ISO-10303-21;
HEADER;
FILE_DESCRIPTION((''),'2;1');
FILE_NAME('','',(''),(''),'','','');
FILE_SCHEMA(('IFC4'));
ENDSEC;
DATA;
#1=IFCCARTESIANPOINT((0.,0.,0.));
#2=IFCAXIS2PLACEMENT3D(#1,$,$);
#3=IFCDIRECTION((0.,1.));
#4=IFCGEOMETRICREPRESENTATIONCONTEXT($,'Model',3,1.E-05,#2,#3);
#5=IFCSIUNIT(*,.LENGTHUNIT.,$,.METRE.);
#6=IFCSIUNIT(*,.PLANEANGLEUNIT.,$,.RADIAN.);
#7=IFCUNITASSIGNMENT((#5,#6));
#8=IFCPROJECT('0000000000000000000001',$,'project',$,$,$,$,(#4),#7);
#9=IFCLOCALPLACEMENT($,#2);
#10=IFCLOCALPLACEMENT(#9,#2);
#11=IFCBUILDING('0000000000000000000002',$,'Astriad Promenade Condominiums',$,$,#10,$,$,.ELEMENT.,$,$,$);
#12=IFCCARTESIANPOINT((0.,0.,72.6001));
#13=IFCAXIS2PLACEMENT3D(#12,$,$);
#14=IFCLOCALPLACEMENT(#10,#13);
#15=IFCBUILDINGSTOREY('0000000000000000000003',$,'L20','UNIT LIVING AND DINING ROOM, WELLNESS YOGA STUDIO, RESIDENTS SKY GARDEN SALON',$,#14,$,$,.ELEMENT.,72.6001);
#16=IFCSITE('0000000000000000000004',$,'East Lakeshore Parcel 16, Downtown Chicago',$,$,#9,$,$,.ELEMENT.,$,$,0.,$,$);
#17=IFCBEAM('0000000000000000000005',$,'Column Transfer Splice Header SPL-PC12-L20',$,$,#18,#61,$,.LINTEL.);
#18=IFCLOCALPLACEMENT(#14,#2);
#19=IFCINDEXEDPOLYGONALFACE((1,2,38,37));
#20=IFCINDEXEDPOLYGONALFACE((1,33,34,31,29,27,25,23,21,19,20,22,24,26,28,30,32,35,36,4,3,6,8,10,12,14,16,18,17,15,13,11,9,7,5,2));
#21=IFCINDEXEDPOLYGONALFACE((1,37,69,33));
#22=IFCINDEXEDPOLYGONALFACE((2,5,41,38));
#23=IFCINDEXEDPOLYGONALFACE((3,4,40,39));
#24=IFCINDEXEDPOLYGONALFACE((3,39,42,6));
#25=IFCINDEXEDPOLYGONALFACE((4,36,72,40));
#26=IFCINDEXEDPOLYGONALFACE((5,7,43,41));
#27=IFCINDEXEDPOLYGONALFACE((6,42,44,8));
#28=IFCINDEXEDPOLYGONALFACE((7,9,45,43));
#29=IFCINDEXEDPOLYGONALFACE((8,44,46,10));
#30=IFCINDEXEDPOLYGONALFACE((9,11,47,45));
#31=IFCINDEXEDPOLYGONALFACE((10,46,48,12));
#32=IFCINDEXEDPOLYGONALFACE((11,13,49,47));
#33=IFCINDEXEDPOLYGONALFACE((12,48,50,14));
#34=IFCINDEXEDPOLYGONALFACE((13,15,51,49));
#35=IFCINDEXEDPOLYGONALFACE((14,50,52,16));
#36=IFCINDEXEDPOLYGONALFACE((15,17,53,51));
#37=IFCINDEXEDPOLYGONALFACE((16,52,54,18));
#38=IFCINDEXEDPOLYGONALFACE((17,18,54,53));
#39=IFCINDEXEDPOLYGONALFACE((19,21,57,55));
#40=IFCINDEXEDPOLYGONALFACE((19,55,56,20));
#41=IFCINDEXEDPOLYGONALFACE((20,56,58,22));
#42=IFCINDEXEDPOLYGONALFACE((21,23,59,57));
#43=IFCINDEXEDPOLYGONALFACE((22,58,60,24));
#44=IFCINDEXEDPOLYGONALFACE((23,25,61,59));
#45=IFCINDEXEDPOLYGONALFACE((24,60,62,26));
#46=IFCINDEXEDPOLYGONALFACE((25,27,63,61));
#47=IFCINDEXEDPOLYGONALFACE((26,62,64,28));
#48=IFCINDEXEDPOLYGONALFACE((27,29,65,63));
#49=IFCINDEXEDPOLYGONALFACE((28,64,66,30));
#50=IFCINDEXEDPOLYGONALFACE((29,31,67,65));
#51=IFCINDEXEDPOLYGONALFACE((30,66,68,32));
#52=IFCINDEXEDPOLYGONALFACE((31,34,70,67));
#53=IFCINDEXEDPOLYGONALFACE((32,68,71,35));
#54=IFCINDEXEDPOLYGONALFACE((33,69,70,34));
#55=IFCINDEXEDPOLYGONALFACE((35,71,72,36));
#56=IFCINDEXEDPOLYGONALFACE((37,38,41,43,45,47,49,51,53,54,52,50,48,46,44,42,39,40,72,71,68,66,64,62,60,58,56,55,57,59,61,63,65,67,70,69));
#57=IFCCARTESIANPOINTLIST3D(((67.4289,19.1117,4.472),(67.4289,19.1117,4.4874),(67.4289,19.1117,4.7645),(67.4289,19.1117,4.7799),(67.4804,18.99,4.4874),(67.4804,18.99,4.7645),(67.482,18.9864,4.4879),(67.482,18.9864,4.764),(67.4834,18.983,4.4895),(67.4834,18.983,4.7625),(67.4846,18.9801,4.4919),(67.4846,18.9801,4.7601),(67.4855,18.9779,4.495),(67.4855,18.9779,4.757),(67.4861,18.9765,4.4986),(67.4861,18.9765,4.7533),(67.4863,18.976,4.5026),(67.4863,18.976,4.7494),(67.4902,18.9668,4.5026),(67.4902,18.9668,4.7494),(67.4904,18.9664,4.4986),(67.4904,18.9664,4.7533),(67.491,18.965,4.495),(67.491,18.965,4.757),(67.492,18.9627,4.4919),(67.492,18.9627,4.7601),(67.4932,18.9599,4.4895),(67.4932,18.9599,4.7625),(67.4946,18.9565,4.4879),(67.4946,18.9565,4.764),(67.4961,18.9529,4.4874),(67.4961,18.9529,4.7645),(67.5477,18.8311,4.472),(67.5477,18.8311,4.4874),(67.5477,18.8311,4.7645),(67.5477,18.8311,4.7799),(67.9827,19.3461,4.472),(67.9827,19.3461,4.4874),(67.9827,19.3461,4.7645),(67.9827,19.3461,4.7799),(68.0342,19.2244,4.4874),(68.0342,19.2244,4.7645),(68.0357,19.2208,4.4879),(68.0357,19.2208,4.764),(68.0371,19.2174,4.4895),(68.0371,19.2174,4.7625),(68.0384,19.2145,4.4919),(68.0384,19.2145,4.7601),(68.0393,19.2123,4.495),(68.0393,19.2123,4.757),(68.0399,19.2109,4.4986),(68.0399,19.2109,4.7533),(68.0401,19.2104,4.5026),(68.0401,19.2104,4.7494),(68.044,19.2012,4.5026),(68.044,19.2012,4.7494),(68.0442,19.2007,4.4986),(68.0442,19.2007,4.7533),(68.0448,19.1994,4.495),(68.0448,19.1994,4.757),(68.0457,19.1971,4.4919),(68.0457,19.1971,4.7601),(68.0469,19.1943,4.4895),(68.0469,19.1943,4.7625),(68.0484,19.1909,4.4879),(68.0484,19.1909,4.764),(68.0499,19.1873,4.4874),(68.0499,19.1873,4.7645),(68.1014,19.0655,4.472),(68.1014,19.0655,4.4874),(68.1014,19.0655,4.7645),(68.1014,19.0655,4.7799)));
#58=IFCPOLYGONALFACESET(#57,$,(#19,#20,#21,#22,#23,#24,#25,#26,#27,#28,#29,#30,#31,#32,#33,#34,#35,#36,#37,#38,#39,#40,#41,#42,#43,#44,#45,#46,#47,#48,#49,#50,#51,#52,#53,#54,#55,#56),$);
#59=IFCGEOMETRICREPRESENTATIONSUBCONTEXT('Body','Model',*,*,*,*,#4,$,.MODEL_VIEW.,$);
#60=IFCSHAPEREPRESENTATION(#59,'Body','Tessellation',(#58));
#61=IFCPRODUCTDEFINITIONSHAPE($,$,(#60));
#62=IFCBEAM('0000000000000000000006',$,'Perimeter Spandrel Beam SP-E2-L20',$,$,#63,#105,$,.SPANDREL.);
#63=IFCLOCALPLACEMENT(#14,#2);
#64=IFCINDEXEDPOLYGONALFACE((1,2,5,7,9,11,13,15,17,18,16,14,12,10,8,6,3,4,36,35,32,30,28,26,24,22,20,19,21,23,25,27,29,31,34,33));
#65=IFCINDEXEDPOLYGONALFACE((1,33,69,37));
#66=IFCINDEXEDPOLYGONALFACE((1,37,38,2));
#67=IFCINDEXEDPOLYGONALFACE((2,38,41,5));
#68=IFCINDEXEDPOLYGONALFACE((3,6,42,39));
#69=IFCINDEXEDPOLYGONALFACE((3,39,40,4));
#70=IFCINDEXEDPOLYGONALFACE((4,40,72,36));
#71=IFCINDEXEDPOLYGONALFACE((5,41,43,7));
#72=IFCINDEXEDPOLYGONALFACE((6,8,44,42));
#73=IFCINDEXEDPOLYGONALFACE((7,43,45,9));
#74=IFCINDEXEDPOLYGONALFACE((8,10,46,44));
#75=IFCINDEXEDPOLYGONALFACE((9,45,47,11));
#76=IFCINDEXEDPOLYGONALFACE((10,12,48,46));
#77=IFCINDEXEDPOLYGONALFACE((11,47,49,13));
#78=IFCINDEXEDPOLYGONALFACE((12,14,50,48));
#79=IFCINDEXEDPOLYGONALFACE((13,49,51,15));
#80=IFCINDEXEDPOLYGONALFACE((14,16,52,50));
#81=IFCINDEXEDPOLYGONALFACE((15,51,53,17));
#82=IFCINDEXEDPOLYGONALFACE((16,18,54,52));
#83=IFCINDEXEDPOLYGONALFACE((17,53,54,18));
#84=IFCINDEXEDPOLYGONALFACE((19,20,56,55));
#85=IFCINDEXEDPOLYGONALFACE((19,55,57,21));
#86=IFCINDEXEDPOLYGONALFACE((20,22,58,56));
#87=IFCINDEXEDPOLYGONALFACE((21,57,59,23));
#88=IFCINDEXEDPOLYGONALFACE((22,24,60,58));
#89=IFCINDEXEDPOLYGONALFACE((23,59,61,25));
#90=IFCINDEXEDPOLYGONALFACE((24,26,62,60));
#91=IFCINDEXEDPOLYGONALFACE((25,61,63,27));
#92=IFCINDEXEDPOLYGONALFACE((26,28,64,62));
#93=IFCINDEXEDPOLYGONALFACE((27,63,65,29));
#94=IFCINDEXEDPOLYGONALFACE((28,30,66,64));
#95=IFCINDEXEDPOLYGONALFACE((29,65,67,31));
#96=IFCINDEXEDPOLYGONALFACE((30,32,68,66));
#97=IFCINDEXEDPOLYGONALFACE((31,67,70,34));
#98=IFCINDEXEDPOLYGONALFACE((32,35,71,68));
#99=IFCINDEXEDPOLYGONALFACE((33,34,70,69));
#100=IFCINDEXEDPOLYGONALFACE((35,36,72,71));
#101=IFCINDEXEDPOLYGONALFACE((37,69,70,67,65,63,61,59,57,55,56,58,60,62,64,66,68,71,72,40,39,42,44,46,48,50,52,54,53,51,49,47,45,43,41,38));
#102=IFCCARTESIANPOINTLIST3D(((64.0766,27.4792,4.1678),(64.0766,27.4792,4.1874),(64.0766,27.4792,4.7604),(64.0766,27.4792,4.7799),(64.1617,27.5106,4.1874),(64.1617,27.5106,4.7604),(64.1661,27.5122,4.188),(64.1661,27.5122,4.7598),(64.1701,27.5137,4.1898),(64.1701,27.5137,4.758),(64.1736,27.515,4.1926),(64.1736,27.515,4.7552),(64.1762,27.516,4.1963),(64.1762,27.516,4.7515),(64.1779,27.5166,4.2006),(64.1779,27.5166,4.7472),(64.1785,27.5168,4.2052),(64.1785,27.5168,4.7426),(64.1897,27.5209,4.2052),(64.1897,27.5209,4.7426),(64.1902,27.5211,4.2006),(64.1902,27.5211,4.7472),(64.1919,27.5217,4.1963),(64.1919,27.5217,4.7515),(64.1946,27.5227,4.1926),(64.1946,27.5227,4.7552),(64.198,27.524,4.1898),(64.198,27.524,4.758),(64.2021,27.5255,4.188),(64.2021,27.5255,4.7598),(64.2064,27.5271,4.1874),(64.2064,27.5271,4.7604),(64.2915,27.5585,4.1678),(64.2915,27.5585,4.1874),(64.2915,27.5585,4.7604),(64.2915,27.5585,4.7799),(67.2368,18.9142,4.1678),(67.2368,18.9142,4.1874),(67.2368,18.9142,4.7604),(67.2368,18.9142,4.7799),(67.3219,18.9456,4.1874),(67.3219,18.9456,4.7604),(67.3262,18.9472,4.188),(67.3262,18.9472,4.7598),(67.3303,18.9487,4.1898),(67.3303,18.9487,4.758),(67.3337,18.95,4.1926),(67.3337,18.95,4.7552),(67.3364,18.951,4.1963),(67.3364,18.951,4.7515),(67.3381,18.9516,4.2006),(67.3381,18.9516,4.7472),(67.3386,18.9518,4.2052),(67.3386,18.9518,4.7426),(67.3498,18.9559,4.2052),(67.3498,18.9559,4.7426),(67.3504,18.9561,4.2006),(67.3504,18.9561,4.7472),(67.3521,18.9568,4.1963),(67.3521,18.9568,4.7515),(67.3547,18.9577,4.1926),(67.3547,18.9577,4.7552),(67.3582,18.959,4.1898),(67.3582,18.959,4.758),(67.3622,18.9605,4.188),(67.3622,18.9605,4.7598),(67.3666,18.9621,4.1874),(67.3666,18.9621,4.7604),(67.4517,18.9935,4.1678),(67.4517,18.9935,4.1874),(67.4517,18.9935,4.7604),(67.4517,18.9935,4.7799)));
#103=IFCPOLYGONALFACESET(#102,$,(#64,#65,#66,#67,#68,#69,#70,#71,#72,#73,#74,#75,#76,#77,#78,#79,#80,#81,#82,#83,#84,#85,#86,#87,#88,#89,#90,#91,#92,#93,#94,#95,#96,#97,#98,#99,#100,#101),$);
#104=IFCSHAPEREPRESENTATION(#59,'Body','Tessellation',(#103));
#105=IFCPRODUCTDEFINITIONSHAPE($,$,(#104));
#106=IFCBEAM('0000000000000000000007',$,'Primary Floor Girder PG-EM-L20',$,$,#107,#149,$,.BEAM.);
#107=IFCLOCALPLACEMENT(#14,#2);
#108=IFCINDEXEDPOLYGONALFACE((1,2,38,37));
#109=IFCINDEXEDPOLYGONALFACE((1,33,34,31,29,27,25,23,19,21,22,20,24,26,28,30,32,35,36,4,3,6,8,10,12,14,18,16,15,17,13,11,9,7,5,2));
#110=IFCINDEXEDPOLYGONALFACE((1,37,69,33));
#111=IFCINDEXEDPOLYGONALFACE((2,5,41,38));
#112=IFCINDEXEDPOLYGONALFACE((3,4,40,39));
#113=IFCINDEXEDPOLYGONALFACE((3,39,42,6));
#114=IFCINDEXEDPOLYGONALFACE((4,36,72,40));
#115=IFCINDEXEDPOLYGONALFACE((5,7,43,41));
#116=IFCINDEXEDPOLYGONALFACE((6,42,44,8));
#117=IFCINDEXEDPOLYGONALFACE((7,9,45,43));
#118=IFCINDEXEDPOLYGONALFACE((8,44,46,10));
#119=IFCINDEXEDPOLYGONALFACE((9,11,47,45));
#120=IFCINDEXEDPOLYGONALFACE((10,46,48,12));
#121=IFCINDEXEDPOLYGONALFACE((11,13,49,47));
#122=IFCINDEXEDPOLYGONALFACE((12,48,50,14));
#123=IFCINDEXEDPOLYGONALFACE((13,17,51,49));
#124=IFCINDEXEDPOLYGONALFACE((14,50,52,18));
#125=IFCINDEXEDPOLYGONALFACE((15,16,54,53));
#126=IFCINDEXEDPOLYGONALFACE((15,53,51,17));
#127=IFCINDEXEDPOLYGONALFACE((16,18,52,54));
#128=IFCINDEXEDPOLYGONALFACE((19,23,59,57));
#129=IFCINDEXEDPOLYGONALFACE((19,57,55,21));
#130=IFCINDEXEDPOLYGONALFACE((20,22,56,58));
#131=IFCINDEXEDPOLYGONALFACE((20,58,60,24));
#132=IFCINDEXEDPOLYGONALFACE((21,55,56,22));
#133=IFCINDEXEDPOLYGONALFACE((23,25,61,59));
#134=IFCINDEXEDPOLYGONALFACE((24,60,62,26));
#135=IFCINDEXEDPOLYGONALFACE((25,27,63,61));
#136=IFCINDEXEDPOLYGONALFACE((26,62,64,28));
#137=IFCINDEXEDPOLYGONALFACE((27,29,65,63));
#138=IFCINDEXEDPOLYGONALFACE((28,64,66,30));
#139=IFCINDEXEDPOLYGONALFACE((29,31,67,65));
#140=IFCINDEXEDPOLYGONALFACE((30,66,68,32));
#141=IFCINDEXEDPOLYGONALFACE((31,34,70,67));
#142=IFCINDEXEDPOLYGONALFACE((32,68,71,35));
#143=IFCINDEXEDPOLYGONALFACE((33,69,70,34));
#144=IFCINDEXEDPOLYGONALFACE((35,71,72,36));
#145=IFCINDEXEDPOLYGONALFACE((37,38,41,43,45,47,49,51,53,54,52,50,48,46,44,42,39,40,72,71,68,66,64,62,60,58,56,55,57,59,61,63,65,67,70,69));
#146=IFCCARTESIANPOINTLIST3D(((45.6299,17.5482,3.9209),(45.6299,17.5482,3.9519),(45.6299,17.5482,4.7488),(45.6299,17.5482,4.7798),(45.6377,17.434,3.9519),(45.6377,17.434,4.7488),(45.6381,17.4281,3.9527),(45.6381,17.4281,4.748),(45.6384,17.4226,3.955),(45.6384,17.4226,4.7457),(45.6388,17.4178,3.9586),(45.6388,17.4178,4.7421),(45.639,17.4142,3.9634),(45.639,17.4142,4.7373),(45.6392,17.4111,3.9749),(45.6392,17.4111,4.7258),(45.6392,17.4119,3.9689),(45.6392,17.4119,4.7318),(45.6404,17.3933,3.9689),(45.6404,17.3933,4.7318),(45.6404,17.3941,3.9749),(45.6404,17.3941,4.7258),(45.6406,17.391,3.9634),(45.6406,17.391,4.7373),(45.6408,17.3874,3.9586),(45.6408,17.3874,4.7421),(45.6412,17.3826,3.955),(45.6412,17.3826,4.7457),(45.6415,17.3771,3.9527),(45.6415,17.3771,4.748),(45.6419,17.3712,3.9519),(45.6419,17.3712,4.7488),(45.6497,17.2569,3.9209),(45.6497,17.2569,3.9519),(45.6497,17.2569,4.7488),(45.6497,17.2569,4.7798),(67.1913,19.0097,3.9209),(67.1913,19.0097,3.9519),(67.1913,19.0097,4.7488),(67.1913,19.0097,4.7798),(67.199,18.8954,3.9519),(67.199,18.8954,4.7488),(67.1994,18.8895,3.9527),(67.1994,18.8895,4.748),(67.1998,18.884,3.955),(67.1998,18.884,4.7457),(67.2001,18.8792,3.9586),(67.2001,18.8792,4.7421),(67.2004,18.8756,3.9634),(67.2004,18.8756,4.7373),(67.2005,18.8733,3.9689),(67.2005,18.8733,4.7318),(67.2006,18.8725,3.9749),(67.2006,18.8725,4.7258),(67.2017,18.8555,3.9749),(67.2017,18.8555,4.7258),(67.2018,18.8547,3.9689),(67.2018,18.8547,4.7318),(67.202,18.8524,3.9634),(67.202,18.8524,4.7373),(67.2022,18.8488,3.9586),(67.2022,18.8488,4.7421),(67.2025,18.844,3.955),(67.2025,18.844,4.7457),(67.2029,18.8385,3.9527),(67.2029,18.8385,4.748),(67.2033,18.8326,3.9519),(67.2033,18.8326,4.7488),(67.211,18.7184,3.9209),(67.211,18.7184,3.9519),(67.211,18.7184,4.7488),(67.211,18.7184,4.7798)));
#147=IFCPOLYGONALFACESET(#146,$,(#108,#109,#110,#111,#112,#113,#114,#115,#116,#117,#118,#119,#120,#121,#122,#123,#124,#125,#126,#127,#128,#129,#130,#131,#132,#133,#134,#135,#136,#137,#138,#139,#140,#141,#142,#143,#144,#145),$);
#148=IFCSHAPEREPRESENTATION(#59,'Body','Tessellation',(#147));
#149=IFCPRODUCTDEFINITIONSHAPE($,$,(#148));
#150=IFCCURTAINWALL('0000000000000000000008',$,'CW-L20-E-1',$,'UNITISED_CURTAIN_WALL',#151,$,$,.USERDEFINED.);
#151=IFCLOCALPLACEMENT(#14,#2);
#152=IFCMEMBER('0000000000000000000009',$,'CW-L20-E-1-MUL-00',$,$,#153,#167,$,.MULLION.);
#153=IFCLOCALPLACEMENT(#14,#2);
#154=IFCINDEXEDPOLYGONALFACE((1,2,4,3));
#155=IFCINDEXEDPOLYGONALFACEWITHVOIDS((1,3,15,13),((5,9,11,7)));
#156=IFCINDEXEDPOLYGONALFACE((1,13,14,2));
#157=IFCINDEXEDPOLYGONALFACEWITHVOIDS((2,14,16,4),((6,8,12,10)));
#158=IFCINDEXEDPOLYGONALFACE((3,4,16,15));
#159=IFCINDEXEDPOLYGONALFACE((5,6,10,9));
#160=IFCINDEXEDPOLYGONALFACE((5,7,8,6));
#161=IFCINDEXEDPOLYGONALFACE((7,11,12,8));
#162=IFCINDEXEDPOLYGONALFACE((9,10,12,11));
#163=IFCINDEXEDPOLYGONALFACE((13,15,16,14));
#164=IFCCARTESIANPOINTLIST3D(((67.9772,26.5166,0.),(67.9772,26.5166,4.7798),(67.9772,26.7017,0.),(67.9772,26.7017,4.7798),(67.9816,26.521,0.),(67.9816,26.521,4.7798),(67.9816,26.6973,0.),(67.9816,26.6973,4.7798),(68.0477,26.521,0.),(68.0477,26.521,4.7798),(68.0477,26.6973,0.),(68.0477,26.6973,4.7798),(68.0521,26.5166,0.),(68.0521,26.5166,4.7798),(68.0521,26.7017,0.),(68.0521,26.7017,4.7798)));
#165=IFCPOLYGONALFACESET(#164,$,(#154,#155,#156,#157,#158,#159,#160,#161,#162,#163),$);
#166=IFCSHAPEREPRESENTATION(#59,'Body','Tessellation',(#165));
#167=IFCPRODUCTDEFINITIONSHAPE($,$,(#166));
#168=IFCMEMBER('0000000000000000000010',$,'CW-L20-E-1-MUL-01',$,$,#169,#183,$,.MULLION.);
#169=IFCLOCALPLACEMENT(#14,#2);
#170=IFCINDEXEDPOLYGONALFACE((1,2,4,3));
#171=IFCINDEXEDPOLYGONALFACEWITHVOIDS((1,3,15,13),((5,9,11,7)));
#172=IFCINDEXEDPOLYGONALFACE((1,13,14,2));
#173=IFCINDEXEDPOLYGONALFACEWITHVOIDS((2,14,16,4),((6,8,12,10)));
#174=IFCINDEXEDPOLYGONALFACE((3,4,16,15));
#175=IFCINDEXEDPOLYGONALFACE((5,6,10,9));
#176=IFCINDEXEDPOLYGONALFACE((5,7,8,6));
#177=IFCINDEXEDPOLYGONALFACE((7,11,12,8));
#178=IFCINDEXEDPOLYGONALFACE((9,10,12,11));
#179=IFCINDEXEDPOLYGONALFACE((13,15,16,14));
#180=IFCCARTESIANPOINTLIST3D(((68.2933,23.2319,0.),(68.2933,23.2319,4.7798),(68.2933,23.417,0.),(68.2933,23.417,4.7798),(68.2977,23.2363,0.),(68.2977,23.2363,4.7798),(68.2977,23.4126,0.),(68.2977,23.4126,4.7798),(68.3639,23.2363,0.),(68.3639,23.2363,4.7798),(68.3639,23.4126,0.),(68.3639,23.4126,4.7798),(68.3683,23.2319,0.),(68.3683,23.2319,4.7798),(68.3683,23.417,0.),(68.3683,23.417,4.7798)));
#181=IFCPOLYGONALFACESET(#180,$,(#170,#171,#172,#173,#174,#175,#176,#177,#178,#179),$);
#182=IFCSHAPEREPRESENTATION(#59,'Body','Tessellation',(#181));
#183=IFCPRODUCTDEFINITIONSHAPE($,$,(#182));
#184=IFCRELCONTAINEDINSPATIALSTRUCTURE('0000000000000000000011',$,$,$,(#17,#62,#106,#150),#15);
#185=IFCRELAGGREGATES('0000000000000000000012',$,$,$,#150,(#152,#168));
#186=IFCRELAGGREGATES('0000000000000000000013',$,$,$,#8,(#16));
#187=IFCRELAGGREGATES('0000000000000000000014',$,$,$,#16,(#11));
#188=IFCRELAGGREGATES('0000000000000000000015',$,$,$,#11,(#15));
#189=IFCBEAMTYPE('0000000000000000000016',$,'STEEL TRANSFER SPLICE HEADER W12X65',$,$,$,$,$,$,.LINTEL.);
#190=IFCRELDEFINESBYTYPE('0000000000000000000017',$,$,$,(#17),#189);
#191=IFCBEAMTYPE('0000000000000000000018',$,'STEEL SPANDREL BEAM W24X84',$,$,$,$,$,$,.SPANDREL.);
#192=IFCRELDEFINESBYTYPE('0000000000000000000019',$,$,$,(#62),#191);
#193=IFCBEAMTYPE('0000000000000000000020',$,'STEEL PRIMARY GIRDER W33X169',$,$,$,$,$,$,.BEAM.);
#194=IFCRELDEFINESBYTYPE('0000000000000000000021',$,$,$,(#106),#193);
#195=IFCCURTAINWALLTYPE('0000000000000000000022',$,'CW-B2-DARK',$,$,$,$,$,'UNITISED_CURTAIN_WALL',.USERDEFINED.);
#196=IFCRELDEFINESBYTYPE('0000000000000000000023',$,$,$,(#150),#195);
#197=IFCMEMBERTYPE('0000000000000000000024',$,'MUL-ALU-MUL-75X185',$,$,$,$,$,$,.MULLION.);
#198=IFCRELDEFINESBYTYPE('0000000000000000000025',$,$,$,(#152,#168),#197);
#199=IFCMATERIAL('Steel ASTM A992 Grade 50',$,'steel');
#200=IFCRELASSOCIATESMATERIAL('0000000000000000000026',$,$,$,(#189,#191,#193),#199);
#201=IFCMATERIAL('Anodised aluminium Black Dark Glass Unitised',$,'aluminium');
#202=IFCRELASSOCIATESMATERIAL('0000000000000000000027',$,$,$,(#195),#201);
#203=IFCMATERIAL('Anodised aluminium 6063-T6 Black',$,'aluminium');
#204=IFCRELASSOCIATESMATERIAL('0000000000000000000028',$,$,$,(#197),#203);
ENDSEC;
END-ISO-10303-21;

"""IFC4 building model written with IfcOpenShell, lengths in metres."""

from ifc_helpers import new_model, si_unit, direction, frame, origin, origin_2d, place, context, subcontext, project, spatial, hollow_rectangle, i_section, extrude, source, transform, mapped, material, material_profile, profile_set, type_object, type_shapes, element, aggregate, save


model = new_model("IFC4")

# Units and contexts
model_context = context("Model", 3, precision=1e-05, world=origin(), true_north=direction((0.0, 1.0)))
body_context = subcontext(model_context, "Body", "Model", "MODEL_VIEW")
ifc_project = project(units=[si_unit("LENGTHUNIT", "METRE"), si_unit("PLANEANGLEUNIT", "RADIAN")], contexts=[model_context])

# Site, building, storey
site_placement = place(None, origin())
site = spatial("IfcSite", under=ifc_project, at=site_placement, Name="East Lakeshore Parcel 16, Downtown Chicago", CompositionType="ELEMENT", RefElevation=0.0)
building_placement = place(site_placement, origin())
building = spatial("IfcBuilding", under=site, at=building_placement, Name="Astriad Promenade Condominiums", CompositionType="ELEMENT")
storey_placement = place(building_placement, frame((0.0, 0.0, 72.6001)))
storey = spatial("IfcBuildingStorey", under=building, at=storey_placement, Name="L20", Description="UNIT LIVING AND DINING ROOM, WELLNESS YOGA STUDIO, RESIDENTS SKY GARDEN SALON", CompositionType="ELEMENT", Elevation=72.6001)

# Beams
ifc_material_1 = material(Name="Steel ASTM A992 Grade 50", Category="steel")
ifc_material_profile_1 = material_profile(ifc_material_1, i_section(OverallWidth=0.3047, OverallDepth=0.3079, WebThickness=0.01, FlangeThickness=0.0154, FilletRadius=0.0151, at=origin_2d()), Name="W12X65")
ifc_profile_set_1 = profile_set([ifc_material_profile_1], Name="Steel ASTM A992 Grade 50")
beam_type_1 = type_object("IfcBeamType", Name="STEEL TRANSFER SPLICE HEADER W12X65", PredefinedType="LINTEL", material=ifc_profile_set_1)
shared_shape_1 = source(origin(), body_context, "Body", "SweptSolid", [
    extrude(i_section(OverallWidth=0.3047, OverallDepth=0.3079, WebThickness=0.01, FlangeThickness=0.0154, FilletRadius=0.0151, at=origin_2d()), origin(), (0.0, 0.0, 1.0), 0.6013),
])
type_shapes(beam_type_1, [shared_shape_1])
beam_1_placement = place(storey_placement, frame((67.4883, 18.9714, 4.626), z_axis=(0.9209, 0.389799, 0.0), x_axis=(-0.389799, 0.9209, 0.0)))
element("IfcBeam", 1, at=beam_1_placement, inside=storey, type_object=beam_type_1, Name="Column Transfer Splice Header SPL-PC12-L20", PredefinedType="LINTEL", context=body_context, shape_type="MappedRepresentation", body=[
    mapped(shared_shape_1, transform((0.0, 0.0, 0.0), scale=1.0)),
])
ifc_material_profile_2 = material_profile(ifc_material_1, i_section(OverallWidth=0.229, OverallDepth=0.6121, WebThickness=0.012, FlangeThickness=0.0195, FilletRadius=0.0178, at=origin_2d()), Name="W24X84")
ifc_profile_set_2 = profile_set([ifc_material_profile_2], Name="Steel ASTM A992 Grade 50")
beam_type_2 = type_object("IfcBeamType", Name="STEEL SPANDREL BEAM W24X84", PredefinedType="SPANDREL", material=ifc_profile_set_2)
shared_shape_2 = source(origin(), body_context, "Body", "SweptSolid", [
    extrude(i_section(OverallWidth=0.229, OverallDepth=0.6121, WebThickness=0.012, FlangeThickness=0.0195, FilletRadius=0.0178, at=origin_2d()), origin(), (0.0, 0.0, 1.0), 9.1294),
])
type_shapes(beam_type_2, [shared_shape_2])
beam_2_placement = place(storey_placement, frame((67.3442, 18.9539, 4.4739), z_axis=(-0.346154, 0.938178, 0.0), x_axis=(-0.938178, -0.346154, 0.0)))
element("IfcBeam", 2, at=beam_2_placement, inside=storey, type_object=beam_type_2, Name="Perimeter Spandrel Beam SP-E2-L20", PredefinedType="SPANDREL", context=body_context, shape_type="MappedRepresentation", body=[
    mapped(shared_shape_2, transform((0.0, 0.0, 0.0), scale=1.0)),
])
ifc_material_profile_3 = material_profile(ifc_material_1, i_section(OverallWidth=0.292, OverallDepth=0.8589, WebThickness=0.0171, FlangeThickness=0.031, FilletRadius=0.0229, at=origin_2d()), Name="W33X169")
ifc_profile_set_3 = profile_set([ifc_material_profile_3], Name="Steel ASTM A992 Grade 50")
beam_type_3 = type_object("IfcBeamType", Name="STEEL PRIMARY GIRDER W33X169", PredefinedType="BEAM", material=ifc_profile_set_3)
shared_shape_3 = source(origin(), body_context, "Body", "SweptSolid", [
    extrude(i_section(OverallWidth=0.292, OverallDepth=0.8589, WebThickness=0.0171, FlangeThickness=0.031, FilletRadius=0.0229, at=origin_2d()), origin(), (0.0, 0.0, 1.0), 21.6108),
])
type_shapes(beam_type_3, [shared_shape_3])
beam_3_placement = place(storey_placement, frame((67.2012, 18.864, 4.3503), z_axis=(-0.997711, -0.067625, 0.0), x_axis=(0.067625, -0.997711, 0.0)))
element("IfcBeam", 3, at=beam_3_placement, inside=storey, type_object=beam_type_3, Name="Primary Floor Girder PG-EM-L20", PredefinedType="BEAM", context=body_context, shape_type="MappedRepresentation", body=[
    mapped(shared_shape_3, transform((0.0, 0.0, 0.0), scale=1.0)),
])

# Curtain wall, members
ifc_material_2 = material(Name="Anodised aluminium Black Dark Glass Unitised", Category="aluminium")
curtain_wall_type = type_object("IfcCurtainWallType", Name="CW-B2-DARK", ElementType="UNITISED_CURTAIN_WALL", PredefinedType="USERDEFINED", material=ifc_material_2)
curtain_wall_1_placement = place(storey_placement, origin())
curtain_wall_1 = element("IfcCurtainWall", 4, at=curtain_wall_1_placement, inside=storey, type_object=curtain_wall_type, Name="CW-L20-E-1", ObjectType="UNITISED_CURTAIN_WALL", PredefinedType="USERDEFINED")
ifc_material_3 = material(Name="Anodised aluminium 6063-T6 Black", Category="aluminium")
ifc_material_profile_4 = material_profile(ifc_material_3, hollow_rectangle(XDim=0.075, YDim=0.1851, WallThickness=0.0044, at=origin_2d()), Name="ALU-MUL-75X185")
ifc_profile_set_4 = profile_set([ifc_material_profile_4], Name="Anodised aluminium 6063-T6 Black")
member_type_1 = type_object("IfcMemberType", Name="MUL-ALU-MUL-75X185", PredefinedType="MULLION", material=ifc_profile_set_4)
shared_shape_4 = source(origin(), body_context, "Body", "SweptSolid", [
    extrude(hollow_rectangle(XDim=0.075, YDim=0.1851, WallThickness=0.0044, at=origin_2d()), origin(), (0.0, 0.0, 1.0), 4.7798),
])
type_shapes(member_type_1, [shared_shape_4])
member_1_placement = place(storey_placement, frame((68.0146, 26.6091, 0.0), z_axis=(0.0, 0.0, 1.0), x_axis=(1.0, 0.0, 0.0)))
member_1 = element("IfcMember", 5, at=member_1_placement, type_object=member_type_1, Name="CW-L20-E-1-MUL-00", PredefinedType="MULLION", context=body_context, shape_type="MappedRepresentation", body=[
    mapped(shared_shape_4, transform((0.0, 0.0, 0.0), scale=1.0)),
])
member_2_placement = place(storey_placement, frame((68.3308, 23.3245, 0.0), z_axis=(0.0, 0.0, 1.0), x_axis=(1.0, 0.0, 0.0)))
member_2 = element("IfcMember", 6, at=member_2_placement, type_object=member_type_1, Name="CW-L20-E-1-MUL-01", PredefinedType="MULLION", context=body_context, shape_type="MappedRepresentation", body=[
    mapped(shared_shape_4, transform((0.0, 0.0, 0.0), scale=1.0)),
])

aggregate(curtain_wall_1, [member_1, member_2])

save(model, "model.ifc")
